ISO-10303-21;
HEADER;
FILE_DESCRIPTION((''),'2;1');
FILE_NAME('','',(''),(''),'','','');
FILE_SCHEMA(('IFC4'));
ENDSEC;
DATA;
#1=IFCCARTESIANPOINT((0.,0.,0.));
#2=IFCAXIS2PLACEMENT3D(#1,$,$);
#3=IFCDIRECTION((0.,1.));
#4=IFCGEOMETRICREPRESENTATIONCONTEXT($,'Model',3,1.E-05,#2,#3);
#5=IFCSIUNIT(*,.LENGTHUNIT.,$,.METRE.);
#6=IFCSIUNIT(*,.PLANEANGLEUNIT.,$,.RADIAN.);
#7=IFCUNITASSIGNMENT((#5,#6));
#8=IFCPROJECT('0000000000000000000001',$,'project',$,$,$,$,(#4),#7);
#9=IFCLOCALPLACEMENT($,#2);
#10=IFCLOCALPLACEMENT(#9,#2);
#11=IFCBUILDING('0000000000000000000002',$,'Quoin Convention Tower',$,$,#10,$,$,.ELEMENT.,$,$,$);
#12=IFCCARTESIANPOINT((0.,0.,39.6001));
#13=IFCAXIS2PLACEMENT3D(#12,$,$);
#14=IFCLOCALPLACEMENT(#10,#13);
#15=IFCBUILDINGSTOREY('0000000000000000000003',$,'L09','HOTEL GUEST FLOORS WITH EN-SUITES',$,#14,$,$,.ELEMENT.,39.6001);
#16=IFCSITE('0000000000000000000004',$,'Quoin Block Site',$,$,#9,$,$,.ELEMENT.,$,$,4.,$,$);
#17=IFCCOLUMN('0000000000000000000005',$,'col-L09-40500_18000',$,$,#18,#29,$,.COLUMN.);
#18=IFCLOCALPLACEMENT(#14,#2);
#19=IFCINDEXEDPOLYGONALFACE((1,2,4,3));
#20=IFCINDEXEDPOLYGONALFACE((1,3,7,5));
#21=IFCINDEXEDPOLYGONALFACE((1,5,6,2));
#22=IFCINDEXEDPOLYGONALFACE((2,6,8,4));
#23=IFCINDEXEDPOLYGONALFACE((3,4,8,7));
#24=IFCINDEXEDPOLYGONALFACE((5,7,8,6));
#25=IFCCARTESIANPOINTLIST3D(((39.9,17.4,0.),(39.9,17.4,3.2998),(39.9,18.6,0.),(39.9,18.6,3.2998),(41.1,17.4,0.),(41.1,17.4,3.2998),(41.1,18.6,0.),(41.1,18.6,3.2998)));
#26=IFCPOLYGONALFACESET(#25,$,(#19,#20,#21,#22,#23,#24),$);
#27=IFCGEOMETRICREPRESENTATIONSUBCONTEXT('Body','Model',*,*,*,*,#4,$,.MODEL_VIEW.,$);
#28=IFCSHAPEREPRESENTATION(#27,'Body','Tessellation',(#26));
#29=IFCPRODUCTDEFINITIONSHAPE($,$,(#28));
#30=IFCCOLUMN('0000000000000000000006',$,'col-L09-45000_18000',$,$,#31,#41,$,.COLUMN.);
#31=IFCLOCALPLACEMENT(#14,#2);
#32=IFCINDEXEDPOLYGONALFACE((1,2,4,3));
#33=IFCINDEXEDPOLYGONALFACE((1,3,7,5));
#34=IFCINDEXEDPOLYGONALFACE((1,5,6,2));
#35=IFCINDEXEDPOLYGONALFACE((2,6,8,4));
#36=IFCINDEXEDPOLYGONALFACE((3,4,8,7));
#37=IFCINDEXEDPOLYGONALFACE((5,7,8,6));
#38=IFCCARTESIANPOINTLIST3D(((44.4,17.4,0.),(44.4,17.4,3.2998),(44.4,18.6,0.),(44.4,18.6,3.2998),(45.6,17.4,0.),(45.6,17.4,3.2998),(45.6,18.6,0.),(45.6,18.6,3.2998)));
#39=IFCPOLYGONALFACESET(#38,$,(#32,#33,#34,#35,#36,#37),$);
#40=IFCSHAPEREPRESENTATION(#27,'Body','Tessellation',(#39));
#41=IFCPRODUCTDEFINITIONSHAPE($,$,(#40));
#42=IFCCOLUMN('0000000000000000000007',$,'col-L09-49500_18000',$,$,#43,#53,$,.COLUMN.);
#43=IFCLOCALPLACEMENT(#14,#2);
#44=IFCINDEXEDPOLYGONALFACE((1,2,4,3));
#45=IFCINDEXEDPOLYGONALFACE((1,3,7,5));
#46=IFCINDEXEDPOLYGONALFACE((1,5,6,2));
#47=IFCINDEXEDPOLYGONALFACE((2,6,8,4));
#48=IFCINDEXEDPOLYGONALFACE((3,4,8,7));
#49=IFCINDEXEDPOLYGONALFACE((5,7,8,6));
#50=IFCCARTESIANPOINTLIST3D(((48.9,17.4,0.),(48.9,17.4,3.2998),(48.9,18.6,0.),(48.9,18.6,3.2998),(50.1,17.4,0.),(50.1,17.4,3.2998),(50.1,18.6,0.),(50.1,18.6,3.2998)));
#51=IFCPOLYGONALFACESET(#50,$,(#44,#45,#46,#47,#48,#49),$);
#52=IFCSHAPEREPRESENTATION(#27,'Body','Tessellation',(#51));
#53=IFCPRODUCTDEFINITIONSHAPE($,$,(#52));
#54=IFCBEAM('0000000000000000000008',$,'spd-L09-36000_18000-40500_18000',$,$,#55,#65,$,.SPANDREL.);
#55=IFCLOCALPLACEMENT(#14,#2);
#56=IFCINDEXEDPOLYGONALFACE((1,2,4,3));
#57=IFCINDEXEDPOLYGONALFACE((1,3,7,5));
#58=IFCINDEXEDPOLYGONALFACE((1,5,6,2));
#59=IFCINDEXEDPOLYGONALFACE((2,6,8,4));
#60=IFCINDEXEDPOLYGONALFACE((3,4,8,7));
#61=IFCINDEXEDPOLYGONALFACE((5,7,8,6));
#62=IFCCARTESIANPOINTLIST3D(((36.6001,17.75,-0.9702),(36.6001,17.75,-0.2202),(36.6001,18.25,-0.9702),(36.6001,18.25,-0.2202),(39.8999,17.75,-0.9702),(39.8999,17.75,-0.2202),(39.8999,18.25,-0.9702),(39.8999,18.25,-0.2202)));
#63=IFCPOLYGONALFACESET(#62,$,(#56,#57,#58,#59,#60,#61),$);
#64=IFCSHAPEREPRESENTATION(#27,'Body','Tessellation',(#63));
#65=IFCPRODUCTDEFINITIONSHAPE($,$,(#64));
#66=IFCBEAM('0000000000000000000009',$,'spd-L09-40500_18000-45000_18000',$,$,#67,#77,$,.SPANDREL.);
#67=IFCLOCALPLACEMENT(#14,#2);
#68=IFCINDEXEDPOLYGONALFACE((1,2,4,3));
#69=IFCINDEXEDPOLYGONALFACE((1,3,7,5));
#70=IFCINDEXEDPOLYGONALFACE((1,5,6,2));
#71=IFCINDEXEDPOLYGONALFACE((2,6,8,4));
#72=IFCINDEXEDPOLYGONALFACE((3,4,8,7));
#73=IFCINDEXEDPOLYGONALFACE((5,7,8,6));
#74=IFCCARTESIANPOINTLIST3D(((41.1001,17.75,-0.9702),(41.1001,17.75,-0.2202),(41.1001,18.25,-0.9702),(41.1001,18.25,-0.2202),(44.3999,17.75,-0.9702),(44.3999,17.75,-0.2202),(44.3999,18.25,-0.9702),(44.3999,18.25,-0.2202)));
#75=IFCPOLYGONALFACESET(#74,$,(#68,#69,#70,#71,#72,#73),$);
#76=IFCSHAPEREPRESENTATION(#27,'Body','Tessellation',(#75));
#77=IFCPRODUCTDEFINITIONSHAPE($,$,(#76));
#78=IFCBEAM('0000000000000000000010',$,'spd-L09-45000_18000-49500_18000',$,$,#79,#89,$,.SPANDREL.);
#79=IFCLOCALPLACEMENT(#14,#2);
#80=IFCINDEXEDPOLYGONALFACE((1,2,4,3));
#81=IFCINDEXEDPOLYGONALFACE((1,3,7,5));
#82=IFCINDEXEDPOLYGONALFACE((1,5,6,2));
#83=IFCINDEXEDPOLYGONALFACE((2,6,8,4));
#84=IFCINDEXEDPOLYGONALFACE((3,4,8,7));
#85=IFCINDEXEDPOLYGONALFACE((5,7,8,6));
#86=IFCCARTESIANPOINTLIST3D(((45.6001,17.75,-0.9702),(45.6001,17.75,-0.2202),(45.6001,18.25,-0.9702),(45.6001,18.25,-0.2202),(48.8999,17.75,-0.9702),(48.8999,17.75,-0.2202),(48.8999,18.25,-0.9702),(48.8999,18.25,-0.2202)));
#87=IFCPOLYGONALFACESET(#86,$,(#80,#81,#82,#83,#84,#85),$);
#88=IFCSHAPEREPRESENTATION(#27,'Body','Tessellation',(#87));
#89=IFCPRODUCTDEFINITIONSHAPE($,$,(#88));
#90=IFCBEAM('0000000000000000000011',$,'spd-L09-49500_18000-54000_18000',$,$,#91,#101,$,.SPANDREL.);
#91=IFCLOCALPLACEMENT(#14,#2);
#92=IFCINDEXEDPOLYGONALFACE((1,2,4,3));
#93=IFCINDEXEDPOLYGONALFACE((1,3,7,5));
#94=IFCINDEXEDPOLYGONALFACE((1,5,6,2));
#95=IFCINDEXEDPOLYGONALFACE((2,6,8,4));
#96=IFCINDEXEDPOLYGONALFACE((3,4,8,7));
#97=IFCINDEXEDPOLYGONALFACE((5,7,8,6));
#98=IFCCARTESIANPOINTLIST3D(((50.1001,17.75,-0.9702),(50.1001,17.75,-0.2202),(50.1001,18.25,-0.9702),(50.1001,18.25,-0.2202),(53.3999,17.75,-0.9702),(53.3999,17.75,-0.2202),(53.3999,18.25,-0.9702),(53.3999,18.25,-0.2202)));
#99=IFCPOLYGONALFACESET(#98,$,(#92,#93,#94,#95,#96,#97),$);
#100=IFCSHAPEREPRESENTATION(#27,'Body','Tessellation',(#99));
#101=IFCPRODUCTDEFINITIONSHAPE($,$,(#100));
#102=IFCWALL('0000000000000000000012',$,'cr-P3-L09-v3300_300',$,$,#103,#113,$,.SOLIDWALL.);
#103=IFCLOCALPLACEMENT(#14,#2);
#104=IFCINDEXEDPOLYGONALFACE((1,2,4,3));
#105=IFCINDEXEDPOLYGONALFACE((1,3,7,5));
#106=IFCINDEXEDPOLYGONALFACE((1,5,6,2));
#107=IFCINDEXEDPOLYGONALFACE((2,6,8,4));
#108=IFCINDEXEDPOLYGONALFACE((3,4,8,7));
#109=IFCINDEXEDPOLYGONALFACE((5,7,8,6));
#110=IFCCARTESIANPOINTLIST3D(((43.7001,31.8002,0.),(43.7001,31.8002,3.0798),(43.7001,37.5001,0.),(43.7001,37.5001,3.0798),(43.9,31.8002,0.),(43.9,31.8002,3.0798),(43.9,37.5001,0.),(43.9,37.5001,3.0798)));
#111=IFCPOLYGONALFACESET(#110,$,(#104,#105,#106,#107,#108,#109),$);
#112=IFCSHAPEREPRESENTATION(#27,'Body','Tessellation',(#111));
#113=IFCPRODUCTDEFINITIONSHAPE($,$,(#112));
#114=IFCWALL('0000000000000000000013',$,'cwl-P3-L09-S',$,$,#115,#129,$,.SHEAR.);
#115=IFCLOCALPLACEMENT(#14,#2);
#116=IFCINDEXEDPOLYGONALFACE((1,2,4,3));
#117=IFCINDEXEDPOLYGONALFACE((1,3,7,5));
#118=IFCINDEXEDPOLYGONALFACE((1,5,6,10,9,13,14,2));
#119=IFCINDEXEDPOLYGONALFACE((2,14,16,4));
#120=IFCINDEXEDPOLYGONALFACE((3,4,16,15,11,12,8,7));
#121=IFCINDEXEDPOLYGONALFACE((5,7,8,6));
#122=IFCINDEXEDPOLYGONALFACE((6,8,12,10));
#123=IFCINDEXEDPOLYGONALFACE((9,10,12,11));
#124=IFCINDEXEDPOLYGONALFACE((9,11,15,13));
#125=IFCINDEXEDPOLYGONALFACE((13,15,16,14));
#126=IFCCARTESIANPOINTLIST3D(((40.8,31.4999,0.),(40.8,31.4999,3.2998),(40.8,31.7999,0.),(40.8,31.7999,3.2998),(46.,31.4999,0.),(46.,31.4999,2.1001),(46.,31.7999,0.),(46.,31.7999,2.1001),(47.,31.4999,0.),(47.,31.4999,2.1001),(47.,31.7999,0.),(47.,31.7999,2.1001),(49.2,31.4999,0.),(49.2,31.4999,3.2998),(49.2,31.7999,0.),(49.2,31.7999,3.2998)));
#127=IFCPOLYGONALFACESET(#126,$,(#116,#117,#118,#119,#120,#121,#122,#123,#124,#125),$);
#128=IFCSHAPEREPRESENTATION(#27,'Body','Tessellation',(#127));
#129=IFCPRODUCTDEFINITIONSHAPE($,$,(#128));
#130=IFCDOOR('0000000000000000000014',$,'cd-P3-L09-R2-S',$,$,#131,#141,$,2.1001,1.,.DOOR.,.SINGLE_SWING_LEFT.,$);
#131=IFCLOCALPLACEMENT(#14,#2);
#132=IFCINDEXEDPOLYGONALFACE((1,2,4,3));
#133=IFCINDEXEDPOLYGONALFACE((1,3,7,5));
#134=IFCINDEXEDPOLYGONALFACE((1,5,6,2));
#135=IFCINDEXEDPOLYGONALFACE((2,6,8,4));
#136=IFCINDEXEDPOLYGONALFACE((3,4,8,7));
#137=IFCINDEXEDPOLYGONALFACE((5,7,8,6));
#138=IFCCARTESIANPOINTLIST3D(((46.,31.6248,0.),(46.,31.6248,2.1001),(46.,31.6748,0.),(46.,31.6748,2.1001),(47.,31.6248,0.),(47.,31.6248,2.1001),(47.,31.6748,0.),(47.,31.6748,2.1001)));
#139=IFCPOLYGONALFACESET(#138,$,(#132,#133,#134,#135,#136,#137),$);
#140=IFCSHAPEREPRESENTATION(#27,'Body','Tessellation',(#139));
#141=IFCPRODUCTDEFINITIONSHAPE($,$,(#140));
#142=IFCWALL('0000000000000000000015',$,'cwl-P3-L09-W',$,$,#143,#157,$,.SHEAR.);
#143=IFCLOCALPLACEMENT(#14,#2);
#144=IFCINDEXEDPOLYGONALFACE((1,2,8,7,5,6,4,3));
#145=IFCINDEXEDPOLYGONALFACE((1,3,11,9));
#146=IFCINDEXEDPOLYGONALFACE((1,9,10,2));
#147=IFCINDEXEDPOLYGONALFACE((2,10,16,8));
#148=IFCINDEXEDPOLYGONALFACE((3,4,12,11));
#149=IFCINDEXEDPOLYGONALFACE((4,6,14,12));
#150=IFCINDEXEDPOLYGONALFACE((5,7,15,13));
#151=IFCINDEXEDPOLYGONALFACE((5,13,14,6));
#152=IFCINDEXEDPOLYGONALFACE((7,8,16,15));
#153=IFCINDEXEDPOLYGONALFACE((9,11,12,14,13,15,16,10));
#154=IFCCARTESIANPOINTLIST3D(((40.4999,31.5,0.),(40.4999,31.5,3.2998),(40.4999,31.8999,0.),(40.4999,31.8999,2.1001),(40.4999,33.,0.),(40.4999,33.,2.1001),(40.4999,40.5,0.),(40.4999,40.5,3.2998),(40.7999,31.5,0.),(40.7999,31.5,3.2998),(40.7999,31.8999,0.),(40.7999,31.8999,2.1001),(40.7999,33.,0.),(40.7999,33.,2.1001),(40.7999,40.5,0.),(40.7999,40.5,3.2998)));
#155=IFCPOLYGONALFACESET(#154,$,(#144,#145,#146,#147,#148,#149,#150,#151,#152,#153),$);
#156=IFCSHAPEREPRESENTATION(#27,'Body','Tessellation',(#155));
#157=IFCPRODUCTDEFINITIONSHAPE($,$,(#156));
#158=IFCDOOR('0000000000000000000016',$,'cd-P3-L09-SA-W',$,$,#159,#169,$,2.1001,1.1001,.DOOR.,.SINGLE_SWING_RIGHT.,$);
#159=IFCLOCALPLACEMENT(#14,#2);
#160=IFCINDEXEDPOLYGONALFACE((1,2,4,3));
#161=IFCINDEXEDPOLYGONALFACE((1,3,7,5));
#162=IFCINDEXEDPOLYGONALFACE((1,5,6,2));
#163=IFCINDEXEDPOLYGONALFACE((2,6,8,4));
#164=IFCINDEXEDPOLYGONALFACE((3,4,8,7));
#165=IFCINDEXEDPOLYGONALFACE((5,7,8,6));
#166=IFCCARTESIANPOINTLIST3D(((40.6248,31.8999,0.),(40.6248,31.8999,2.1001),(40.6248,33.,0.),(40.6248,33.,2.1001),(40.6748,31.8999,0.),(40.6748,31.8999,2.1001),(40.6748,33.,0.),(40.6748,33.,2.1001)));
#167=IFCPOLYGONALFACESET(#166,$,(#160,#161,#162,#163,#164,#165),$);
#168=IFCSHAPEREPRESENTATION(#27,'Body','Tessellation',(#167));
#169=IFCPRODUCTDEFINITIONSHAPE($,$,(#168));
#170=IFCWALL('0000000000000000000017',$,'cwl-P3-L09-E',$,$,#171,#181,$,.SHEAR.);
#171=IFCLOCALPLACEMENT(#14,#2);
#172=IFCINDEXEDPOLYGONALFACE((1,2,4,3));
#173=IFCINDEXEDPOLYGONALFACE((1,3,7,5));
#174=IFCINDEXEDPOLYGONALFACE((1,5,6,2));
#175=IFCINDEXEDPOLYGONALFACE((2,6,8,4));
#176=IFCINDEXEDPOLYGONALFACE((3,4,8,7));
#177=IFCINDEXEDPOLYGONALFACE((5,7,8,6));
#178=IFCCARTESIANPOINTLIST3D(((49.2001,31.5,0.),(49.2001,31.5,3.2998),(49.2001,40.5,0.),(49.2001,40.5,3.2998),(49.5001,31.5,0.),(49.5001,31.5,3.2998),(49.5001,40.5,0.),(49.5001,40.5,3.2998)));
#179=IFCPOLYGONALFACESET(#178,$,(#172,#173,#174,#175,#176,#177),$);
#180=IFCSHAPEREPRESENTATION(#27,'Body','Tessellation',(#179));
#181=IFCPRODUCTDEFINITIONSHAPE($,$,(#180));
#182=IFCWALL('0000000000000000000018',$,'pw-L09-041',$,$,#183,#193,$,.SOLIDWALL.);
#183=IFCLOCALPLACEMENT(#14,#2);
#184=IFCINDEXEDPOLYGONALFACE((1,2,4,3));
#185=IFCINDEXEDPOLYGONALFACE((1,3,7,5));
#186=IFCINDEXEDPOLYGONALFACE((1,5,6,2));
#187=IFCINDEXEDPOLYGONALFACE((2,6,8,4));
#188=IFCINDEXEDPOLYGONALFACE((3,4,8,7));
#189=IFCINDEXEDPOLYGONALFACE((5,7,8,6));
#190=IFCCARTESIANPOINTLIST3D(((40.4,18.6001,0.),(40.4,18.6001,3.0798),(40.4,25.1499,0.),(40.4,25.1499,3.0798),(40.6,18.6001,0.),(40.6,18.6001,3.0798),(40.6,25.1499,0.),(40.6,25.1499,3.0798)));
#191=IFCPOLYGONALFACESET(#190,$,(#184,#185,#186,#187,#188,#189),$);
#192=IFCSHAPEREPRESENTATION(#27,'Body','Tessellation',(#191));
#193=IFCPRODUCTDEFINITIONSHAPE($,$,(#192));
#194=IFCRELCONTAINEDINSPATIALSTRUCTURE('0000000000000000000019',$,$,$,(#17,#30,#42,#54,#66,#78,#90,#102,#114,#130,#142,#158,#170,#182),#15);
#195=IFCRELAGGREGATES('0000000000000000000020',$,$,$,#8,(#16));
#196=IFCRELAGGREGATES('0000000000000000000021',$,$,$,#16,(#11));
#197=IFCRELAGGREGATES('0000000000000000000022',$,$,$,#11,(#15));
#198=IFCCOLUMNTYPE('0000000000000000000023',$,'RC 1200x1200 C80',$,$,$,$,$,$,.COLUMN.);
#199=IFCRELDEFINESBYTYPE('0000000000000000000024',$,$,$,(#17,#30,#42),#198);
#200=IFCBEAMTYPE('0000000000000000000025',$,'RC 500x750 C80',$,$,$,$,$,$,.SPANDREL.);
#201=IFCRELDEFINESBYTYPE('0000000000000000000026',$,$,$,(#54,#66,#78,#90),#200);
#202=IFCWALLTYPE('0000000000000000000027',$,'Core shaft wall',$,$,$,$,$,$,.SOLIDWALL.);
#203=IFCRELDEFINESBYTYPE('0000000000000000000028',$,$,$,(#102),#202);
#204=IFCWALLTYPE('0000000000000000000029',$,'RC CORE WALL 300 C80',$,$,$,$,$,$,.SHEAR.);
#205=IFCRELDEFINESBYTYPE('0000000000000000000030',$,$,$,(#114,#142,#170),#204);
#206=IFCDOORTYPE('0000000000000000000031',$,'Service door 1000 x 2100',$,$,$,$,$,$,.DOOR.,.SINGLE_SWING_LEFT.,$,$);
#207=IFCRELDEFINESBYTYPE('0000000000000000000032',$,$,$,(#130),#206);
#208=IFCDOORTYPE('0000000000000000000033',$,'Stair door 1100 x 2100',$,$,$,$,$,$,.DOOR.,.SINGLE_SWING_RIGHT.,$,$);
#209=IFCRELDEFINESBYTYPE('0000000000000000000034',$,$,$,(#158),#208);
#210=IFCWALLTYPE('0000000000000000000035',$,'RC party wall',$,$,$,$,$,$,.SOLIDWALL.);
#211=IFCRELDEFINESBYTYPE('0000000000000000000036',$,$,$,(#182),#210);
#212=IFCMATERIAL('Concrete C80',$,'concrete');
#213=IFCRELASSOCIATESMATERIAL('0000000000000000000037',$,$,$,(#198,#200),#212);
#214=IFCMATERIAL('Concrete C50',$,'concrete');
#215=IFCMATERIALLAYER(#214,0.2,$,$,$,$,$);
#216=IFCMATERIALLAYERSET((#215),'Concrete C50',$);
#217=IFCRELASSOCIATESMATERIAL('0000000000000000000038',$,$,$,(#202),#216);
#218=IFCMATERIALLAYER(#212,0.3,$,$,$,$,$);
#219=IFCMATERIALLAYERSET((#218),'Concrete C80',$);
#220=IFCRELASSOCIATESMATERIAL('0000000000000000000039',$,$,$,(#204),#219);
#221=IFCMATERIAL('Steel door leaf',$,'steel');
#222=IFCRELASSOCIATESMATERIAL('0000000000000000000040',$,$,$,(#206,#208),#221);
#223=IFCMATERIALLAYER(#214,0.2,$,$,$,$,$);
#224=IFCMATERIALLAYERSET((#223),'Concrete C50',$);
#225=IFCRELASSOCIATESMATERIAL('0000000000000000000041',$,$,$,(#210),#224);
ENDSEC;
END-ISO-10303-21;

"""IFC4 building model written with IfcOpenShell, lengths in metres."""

from ifc_helpers import new_model, si_unit, direction, frame, frame_2d, origin, origin_2d, place, context, subcontext, project, spatial, rectangle, extrude, material, layer, layer_set, material_profile, profile_set, type_object, element, fill, save


model = new_model("IFC4")

# Units and contexts
model_context = context("Model", 3, precision=1e-05, world=origin(), true_north=direction((0.0, 1.0)))
body_context = subcontext(model_context, "Body", "Model", "MODEL_VIEW")
ifc_project = project(units=[si_unit("LENGTHUNIT", "METRE"), si_unit("PLANEANGLEUNIT", "RADIAN")], contexts=[model_context])

# Site, building, storey
site_placement = place(None, origin())
site = spatial("IfcSite", under=ifc_project, at=site_placement, Name="Quoin Block Site", CompositionType="ELEMENT", RefElevation=4.0)
building_placement = place(site_placement, origin())
building = spatial("IfcBuilding", under=site, at=building_placement, Name="Quoin Convention Tower", CompositionType="ELEMENT")
storey_placement = place(building_placement, frame((0.0, 0.0, 39.6001)))
storey = spatial("IfcBuildingStorey", under=building, at=storey_placement, Name="L09", Description="HOTEL GUEST FLOORS WITH EN-SUITES", CompositionType="ELEMENT", Elevation=39.6001)

# Columns
ifc_material_1 = material(Name="Concrete C80", Category="concrete")
ifc_material_profile_1 = material_profile(ifc_material_1, rectangle(XDim=1.2, YDim=1.2, at=origin_2d()), Name="RC 1200x1200")
ifc_profile_set_1 = profile_set([ifc_material_profile_1], Name="Concrete C80")
column_type = type_object("IfcColumnType", Name="RC 1200x1200 C80", PredefinedType="COLUMN", material=ifc_profile_set_1)
for number, where, z_axis, x_axis, name in (
    (1, (40.5, 18.0, 0.0), (0.0, 0.0, 1.0), (1.0, 0.0, 0.0), "col-L09-40500_18000"),
    (2, (45.0, 18.0, 0.0), (0.0, 0.0, 1.0), (1.0, 0.0, 0.0), "col-L09-45000_18000"),
    (3, (49.5, 18.0, 0.0), (0.0, 0.0, 1.0), (1.0, 0.0, 0.0), "col-L09-49500_18000"),
):
    element("IfcColumn", number, at=place(storey_placement, frame(where, z_axis=z_axis, x_axis=x_axis)), inside=storey, type_object=column_type, Name=name, PredefinedType="COLUMN", context=body_context, shape_type="SweptSolid", body=[
        extrude(rectangle(XDim=1.2, YDim=1.2, at=origin_2d()), origin(), (0.0, 0.0, 1.0), 3.2998),
    ])

# Beams
ifc_material_profile_2 = material_profile(ifc_material_1, rectangle(XDim=0.5, YDim=0.75, at=origin_2d()), Name="RC 500x750")
ifc_profile_set_2 = profile_set([ifc_material_profile_2], Name="Concrete C80")
beam_type = type_object("IfcBeamType", Name="RC 500x750 C80", PredefinedType="SPANDREL", material=ifc_profile_set_2)
for number, where, z_axis, x_axis, name in (
    (4, (36.6001, 18.0, -0.5952), (1.0, 0.0, 0.0), (0.0, 1.0, 0.0), "spd-L09-36000_18000-40500_18000"),
    (5, (41.1001, 18.0, -0.5952), (1.0, 0.0, 0.0), (0.0, 1.0, 0.0), "spd-L09-40500_18000-45000_18000"),
    (6, (45.6001, 18.0, -0.5952), (1.0, 0.0, 0.0), (0.0, 1.0, 0.0), "spd-L09-45000_18000-49500_18000"),
    (7, (50.1001, 18.0, -0.5952), (1.0, 0.0, 0.0), (0.0, 1.0, 0.0), "spd-L09-49500_18000-54000_18000"),
):
    element("IfcBeam", number, at=place(storey_placement, frame(where, z_axis=z_axis, x_axis=x_axis)), inside=storey, type_object=beam_type, Name=name, PredefinedType="SPANDREL", context=body_context, shape_type="SweptSolid", body=[
        extrude(rectangle(XDim=0.5, YDim=0.75, at=origin_2d()), origin(), (0.0, 0.0, 1.0), 3.2998),
    ])

# Wall
ifc_material_2 = material(Name="Concrete C50", Category="concrete")
ifc_layer_1 = layer(ifc_material_2, 0.2)
ifc_layer_set_1 = layer_set([ifc_layer_1], Name="Concrete C50")
wall_type_1 = type_object("IfcWallType", Name="Core shaft wall", PredefinedType="SOLIDWALL", material=ifc_layer_set_1)
wall_1_placement = place(storey_placement, frame((43.8, 31.8, 0.0), z_axis=(0.0, 0.0, 1.0), x_axis=(0.0, 1.0, 0.0)))
element("IfcWall", 8, at=wall_1_placement, inside=storey, type_object=wall_type_1, Name="cr-P3-L09-v3300_300", PredefinedType="SOLIDWALL", context=body_context, shape_type="SweptSolid", body=[
    extrude(rectangle(XDim=5.7, YDim=0.2, at=frame_2d((2.8501, 0.0))), origin(), (0.0, 0.0, 1.0), 3.0798),
])

# Walls, openings, doors
ifc_layer_2 = layer(ifc_material_1, 0.3)
ifc_layer_set_2 = layer_set([ifc_layer_2], Name="Concrete C80")
wall_type_2 = type_object("IfcWallType", Name="RC CORE WALL 300 C80", PredefinedType="SHEAR", material=ifc_layer_set_2)
wall_2_placement = place(storey_placement, frame((40.8, 31.6499, 0.0), z_axis=(0.0, 0.0, 1.0), x_axis=(1.0, 0.0, 0.0)))
wall_2 = element("IfcWall", 9, at=wall_2_placement, inside=storey, type_object=wall_type_2, Name="cwl-P3-L09-S", PredefinedType="SHEAR", context=body_context, shape_type="SweptSolid", body=[
    extrude(rectangle(XDim=8.3999, YDim=0.3, at=frame_2d((4.2, 0.0))), origin(), (0.0, 0.0, 1.0), 3.2998),
])
opening_1_placement = place(wall_2_placement, frame((5.2, 0.0, 0.0)))
opening_1 = element("IfcOpeningElement", 10, at=opening_1_placement, cuts=wall_2, PredefinedType="OPENING", context=body_context, shape_type="SweptSolid", body=[
    extrude(rectangle(XDim=1.0, YDim=2.1001, at=frame_2d((0.5, 1.05))), frame((0.0, 0.1599, 0.0), z_axis=(0.0, -1.0, 0.0), x_axis=(1.0, 0.0, 0.0)), (0.0, 0.0, 1.0), 0.3201),
])
ifc_material_3 = material(Name="Steel door leaf", Category="steel")
door_type_1 = type_object("IfcDoorType", Name="Service door 1000 x 2100", OperationType="SINGLE_SWING_LEFT", PredefinedType="DOOR", material=ifc_material_3)
door_1_placement = place(opening_1_placement, origin())
door_1 = element("IfcDoor", 11, at=door_1_placement, inside=storey, type_object=door_type_1, Name="cd-P3-L09-R2-S", OperationType="SINGLE_SWING_LEFT", OverallHeight=2.1001, OverallWidth=1.0, PredefinedType="DOOR", context=body_context, shape_type="SweptSolid", body=[
    extrude(rectangle(XDim=1.0, YDim=2.1001, at=frame_2d((0.5, 1.05))), frame((0.0, 0.0249, 0.0), z_axis=(0.0, -1.0, 0.0), x_axis=(1.0, 0.0, 0.0)), (0.0, 0.0, 1.0), 0.05),
])
fill(opening_1, door_1)
wall_3_placement = place(storey_placement, frame((40.6499, 31.5, 0.0), z_axis=(0.0, 0.0, 1.0), x_axis=(0.0, 1.0, 0.0)))
wall_3 = element("IfcWall", 12, at=wall_3_placement, inside=storey, type_object=wall_type_2, Name="cwl-P3-L09-W", PredefinedType="SHEAR", context=body_context, shape_type="SweptSolid", body=[
    extrude(rectangle(XDim=9.0, YDim=0.3, at=frame_2d((4.5, 0.0))), origin(), (0.0, 0.0, 1.0), 3.2998),
])
opening_2_placement = place(wall_3_placement, frame((0.3999, 0.0, 0.0)))
opening_2 = element("IfcOpeningElement", 13, at=opening_2_placement, cuts=wall_3, PredefinedType="OPENING", context=body_context, shape_type="SweptSolid", body=[
    extrude(rectangle(XDim=1.1001, YDim=2.1001, at=frame_2d((0.55, 1.05))), frame((0.0, 0.1599, 0.0), z_axis=(0.0, -1.0, 0.0), x_axis=(1.0, 0.0, 0.0)), (0.0, 0.0, 1.0), 0.3201),
])
door_type_2 = type_object("IfcDoorType", Name="Stair door 1100 x 2100", OperationType="SINGLE_SWING_RIGHT", PredefinedType="DOOR", material=ifc_material_3)
door_2_placement = place(opening_2_placement, frame((1.1001, 0.0, 0.0), z_axis=(0.0, 0.0, 1.0), x_axis=(-1.0, 0.0, 0.0)))
door_2 = element("IfcDoor", 14, at=door_2_placement, inside=storey, type_object=door_type_2, Name="cd-P3-L09-SA-W", OperationType="SINGLE_SWING_RIGHT", OverallHeight=2.1001, OverallWidth=1.1001, PredefinedType="DOOR", context=body_context, shape_type="SweptSolid", body=[
    extrude(rectangle(XDim=1.1001, YDim=2.1001, at=frame_2d((0.55, 1.05))), frame((0.0, 0.0249, 0.0), z_axis=(0.0, -1.0, 0.0), x_axis=(1.0, 0.0, 0.0)), (0.0, 0.0, 1.0), 0.05),
])
fill(opening_2, door_2)

# Walls
wall_4_placement = place(storey_placement, frame((49.3501, 31.5, 0.0), z_axis=(0.0, 0.0, 1.0), x_axis=(0.0, 1.0, 0.0)))
element("IfcWall", 15, at=wall_4_placement, inside=storey, type_object=wall_type_2, Name="cwl-P3-L09-E", PredefinedType="SHEAR", context=body_context, shape_type="SweptSolid", body=[
    extrude(rectangle(XDim=9.0, YDim=0.3, at=frame_2d((4.5, 0.0))), origin(), (0.0, 0.0, 1.0), 3.2998),
])
ifc_layer_3 = layer(ifc_material_2, 0.2)
ifc_layer_set_3 = layer_set([ifc_layer_3], Name="Concrete C50")
wall_type_3 = type_object("IfcWallType", Name="RC party wall", PredefinedType="SOLIDWALL", material=ifc_layer_set_3)
for number, where, z_axis, x_axis, name in (
    (16, (40.5, 18.6001, 0.0), (0.0, 0.0, 1.0), (0.0, 1.0, 0.0), "pw-L09-041"),
):
    element("IfcWall", number, at=place(storey_placement, frame(where, z_axis=z_axis, x_axis=x_axis)), inside=storey, type_object=wall_type_3, Name=name, PredefinedType="SOLIDWALL", context=body_context, shape_type="SweptSolid", body=[
        extrude(rectangle(XDim=6.5498, YDim=0.2, at=frame_2d((3.2749, 0.0))), origin(), (0.0, 0.0, 1.0), 3.0798),
    ])

save(model, "model.ifc")
